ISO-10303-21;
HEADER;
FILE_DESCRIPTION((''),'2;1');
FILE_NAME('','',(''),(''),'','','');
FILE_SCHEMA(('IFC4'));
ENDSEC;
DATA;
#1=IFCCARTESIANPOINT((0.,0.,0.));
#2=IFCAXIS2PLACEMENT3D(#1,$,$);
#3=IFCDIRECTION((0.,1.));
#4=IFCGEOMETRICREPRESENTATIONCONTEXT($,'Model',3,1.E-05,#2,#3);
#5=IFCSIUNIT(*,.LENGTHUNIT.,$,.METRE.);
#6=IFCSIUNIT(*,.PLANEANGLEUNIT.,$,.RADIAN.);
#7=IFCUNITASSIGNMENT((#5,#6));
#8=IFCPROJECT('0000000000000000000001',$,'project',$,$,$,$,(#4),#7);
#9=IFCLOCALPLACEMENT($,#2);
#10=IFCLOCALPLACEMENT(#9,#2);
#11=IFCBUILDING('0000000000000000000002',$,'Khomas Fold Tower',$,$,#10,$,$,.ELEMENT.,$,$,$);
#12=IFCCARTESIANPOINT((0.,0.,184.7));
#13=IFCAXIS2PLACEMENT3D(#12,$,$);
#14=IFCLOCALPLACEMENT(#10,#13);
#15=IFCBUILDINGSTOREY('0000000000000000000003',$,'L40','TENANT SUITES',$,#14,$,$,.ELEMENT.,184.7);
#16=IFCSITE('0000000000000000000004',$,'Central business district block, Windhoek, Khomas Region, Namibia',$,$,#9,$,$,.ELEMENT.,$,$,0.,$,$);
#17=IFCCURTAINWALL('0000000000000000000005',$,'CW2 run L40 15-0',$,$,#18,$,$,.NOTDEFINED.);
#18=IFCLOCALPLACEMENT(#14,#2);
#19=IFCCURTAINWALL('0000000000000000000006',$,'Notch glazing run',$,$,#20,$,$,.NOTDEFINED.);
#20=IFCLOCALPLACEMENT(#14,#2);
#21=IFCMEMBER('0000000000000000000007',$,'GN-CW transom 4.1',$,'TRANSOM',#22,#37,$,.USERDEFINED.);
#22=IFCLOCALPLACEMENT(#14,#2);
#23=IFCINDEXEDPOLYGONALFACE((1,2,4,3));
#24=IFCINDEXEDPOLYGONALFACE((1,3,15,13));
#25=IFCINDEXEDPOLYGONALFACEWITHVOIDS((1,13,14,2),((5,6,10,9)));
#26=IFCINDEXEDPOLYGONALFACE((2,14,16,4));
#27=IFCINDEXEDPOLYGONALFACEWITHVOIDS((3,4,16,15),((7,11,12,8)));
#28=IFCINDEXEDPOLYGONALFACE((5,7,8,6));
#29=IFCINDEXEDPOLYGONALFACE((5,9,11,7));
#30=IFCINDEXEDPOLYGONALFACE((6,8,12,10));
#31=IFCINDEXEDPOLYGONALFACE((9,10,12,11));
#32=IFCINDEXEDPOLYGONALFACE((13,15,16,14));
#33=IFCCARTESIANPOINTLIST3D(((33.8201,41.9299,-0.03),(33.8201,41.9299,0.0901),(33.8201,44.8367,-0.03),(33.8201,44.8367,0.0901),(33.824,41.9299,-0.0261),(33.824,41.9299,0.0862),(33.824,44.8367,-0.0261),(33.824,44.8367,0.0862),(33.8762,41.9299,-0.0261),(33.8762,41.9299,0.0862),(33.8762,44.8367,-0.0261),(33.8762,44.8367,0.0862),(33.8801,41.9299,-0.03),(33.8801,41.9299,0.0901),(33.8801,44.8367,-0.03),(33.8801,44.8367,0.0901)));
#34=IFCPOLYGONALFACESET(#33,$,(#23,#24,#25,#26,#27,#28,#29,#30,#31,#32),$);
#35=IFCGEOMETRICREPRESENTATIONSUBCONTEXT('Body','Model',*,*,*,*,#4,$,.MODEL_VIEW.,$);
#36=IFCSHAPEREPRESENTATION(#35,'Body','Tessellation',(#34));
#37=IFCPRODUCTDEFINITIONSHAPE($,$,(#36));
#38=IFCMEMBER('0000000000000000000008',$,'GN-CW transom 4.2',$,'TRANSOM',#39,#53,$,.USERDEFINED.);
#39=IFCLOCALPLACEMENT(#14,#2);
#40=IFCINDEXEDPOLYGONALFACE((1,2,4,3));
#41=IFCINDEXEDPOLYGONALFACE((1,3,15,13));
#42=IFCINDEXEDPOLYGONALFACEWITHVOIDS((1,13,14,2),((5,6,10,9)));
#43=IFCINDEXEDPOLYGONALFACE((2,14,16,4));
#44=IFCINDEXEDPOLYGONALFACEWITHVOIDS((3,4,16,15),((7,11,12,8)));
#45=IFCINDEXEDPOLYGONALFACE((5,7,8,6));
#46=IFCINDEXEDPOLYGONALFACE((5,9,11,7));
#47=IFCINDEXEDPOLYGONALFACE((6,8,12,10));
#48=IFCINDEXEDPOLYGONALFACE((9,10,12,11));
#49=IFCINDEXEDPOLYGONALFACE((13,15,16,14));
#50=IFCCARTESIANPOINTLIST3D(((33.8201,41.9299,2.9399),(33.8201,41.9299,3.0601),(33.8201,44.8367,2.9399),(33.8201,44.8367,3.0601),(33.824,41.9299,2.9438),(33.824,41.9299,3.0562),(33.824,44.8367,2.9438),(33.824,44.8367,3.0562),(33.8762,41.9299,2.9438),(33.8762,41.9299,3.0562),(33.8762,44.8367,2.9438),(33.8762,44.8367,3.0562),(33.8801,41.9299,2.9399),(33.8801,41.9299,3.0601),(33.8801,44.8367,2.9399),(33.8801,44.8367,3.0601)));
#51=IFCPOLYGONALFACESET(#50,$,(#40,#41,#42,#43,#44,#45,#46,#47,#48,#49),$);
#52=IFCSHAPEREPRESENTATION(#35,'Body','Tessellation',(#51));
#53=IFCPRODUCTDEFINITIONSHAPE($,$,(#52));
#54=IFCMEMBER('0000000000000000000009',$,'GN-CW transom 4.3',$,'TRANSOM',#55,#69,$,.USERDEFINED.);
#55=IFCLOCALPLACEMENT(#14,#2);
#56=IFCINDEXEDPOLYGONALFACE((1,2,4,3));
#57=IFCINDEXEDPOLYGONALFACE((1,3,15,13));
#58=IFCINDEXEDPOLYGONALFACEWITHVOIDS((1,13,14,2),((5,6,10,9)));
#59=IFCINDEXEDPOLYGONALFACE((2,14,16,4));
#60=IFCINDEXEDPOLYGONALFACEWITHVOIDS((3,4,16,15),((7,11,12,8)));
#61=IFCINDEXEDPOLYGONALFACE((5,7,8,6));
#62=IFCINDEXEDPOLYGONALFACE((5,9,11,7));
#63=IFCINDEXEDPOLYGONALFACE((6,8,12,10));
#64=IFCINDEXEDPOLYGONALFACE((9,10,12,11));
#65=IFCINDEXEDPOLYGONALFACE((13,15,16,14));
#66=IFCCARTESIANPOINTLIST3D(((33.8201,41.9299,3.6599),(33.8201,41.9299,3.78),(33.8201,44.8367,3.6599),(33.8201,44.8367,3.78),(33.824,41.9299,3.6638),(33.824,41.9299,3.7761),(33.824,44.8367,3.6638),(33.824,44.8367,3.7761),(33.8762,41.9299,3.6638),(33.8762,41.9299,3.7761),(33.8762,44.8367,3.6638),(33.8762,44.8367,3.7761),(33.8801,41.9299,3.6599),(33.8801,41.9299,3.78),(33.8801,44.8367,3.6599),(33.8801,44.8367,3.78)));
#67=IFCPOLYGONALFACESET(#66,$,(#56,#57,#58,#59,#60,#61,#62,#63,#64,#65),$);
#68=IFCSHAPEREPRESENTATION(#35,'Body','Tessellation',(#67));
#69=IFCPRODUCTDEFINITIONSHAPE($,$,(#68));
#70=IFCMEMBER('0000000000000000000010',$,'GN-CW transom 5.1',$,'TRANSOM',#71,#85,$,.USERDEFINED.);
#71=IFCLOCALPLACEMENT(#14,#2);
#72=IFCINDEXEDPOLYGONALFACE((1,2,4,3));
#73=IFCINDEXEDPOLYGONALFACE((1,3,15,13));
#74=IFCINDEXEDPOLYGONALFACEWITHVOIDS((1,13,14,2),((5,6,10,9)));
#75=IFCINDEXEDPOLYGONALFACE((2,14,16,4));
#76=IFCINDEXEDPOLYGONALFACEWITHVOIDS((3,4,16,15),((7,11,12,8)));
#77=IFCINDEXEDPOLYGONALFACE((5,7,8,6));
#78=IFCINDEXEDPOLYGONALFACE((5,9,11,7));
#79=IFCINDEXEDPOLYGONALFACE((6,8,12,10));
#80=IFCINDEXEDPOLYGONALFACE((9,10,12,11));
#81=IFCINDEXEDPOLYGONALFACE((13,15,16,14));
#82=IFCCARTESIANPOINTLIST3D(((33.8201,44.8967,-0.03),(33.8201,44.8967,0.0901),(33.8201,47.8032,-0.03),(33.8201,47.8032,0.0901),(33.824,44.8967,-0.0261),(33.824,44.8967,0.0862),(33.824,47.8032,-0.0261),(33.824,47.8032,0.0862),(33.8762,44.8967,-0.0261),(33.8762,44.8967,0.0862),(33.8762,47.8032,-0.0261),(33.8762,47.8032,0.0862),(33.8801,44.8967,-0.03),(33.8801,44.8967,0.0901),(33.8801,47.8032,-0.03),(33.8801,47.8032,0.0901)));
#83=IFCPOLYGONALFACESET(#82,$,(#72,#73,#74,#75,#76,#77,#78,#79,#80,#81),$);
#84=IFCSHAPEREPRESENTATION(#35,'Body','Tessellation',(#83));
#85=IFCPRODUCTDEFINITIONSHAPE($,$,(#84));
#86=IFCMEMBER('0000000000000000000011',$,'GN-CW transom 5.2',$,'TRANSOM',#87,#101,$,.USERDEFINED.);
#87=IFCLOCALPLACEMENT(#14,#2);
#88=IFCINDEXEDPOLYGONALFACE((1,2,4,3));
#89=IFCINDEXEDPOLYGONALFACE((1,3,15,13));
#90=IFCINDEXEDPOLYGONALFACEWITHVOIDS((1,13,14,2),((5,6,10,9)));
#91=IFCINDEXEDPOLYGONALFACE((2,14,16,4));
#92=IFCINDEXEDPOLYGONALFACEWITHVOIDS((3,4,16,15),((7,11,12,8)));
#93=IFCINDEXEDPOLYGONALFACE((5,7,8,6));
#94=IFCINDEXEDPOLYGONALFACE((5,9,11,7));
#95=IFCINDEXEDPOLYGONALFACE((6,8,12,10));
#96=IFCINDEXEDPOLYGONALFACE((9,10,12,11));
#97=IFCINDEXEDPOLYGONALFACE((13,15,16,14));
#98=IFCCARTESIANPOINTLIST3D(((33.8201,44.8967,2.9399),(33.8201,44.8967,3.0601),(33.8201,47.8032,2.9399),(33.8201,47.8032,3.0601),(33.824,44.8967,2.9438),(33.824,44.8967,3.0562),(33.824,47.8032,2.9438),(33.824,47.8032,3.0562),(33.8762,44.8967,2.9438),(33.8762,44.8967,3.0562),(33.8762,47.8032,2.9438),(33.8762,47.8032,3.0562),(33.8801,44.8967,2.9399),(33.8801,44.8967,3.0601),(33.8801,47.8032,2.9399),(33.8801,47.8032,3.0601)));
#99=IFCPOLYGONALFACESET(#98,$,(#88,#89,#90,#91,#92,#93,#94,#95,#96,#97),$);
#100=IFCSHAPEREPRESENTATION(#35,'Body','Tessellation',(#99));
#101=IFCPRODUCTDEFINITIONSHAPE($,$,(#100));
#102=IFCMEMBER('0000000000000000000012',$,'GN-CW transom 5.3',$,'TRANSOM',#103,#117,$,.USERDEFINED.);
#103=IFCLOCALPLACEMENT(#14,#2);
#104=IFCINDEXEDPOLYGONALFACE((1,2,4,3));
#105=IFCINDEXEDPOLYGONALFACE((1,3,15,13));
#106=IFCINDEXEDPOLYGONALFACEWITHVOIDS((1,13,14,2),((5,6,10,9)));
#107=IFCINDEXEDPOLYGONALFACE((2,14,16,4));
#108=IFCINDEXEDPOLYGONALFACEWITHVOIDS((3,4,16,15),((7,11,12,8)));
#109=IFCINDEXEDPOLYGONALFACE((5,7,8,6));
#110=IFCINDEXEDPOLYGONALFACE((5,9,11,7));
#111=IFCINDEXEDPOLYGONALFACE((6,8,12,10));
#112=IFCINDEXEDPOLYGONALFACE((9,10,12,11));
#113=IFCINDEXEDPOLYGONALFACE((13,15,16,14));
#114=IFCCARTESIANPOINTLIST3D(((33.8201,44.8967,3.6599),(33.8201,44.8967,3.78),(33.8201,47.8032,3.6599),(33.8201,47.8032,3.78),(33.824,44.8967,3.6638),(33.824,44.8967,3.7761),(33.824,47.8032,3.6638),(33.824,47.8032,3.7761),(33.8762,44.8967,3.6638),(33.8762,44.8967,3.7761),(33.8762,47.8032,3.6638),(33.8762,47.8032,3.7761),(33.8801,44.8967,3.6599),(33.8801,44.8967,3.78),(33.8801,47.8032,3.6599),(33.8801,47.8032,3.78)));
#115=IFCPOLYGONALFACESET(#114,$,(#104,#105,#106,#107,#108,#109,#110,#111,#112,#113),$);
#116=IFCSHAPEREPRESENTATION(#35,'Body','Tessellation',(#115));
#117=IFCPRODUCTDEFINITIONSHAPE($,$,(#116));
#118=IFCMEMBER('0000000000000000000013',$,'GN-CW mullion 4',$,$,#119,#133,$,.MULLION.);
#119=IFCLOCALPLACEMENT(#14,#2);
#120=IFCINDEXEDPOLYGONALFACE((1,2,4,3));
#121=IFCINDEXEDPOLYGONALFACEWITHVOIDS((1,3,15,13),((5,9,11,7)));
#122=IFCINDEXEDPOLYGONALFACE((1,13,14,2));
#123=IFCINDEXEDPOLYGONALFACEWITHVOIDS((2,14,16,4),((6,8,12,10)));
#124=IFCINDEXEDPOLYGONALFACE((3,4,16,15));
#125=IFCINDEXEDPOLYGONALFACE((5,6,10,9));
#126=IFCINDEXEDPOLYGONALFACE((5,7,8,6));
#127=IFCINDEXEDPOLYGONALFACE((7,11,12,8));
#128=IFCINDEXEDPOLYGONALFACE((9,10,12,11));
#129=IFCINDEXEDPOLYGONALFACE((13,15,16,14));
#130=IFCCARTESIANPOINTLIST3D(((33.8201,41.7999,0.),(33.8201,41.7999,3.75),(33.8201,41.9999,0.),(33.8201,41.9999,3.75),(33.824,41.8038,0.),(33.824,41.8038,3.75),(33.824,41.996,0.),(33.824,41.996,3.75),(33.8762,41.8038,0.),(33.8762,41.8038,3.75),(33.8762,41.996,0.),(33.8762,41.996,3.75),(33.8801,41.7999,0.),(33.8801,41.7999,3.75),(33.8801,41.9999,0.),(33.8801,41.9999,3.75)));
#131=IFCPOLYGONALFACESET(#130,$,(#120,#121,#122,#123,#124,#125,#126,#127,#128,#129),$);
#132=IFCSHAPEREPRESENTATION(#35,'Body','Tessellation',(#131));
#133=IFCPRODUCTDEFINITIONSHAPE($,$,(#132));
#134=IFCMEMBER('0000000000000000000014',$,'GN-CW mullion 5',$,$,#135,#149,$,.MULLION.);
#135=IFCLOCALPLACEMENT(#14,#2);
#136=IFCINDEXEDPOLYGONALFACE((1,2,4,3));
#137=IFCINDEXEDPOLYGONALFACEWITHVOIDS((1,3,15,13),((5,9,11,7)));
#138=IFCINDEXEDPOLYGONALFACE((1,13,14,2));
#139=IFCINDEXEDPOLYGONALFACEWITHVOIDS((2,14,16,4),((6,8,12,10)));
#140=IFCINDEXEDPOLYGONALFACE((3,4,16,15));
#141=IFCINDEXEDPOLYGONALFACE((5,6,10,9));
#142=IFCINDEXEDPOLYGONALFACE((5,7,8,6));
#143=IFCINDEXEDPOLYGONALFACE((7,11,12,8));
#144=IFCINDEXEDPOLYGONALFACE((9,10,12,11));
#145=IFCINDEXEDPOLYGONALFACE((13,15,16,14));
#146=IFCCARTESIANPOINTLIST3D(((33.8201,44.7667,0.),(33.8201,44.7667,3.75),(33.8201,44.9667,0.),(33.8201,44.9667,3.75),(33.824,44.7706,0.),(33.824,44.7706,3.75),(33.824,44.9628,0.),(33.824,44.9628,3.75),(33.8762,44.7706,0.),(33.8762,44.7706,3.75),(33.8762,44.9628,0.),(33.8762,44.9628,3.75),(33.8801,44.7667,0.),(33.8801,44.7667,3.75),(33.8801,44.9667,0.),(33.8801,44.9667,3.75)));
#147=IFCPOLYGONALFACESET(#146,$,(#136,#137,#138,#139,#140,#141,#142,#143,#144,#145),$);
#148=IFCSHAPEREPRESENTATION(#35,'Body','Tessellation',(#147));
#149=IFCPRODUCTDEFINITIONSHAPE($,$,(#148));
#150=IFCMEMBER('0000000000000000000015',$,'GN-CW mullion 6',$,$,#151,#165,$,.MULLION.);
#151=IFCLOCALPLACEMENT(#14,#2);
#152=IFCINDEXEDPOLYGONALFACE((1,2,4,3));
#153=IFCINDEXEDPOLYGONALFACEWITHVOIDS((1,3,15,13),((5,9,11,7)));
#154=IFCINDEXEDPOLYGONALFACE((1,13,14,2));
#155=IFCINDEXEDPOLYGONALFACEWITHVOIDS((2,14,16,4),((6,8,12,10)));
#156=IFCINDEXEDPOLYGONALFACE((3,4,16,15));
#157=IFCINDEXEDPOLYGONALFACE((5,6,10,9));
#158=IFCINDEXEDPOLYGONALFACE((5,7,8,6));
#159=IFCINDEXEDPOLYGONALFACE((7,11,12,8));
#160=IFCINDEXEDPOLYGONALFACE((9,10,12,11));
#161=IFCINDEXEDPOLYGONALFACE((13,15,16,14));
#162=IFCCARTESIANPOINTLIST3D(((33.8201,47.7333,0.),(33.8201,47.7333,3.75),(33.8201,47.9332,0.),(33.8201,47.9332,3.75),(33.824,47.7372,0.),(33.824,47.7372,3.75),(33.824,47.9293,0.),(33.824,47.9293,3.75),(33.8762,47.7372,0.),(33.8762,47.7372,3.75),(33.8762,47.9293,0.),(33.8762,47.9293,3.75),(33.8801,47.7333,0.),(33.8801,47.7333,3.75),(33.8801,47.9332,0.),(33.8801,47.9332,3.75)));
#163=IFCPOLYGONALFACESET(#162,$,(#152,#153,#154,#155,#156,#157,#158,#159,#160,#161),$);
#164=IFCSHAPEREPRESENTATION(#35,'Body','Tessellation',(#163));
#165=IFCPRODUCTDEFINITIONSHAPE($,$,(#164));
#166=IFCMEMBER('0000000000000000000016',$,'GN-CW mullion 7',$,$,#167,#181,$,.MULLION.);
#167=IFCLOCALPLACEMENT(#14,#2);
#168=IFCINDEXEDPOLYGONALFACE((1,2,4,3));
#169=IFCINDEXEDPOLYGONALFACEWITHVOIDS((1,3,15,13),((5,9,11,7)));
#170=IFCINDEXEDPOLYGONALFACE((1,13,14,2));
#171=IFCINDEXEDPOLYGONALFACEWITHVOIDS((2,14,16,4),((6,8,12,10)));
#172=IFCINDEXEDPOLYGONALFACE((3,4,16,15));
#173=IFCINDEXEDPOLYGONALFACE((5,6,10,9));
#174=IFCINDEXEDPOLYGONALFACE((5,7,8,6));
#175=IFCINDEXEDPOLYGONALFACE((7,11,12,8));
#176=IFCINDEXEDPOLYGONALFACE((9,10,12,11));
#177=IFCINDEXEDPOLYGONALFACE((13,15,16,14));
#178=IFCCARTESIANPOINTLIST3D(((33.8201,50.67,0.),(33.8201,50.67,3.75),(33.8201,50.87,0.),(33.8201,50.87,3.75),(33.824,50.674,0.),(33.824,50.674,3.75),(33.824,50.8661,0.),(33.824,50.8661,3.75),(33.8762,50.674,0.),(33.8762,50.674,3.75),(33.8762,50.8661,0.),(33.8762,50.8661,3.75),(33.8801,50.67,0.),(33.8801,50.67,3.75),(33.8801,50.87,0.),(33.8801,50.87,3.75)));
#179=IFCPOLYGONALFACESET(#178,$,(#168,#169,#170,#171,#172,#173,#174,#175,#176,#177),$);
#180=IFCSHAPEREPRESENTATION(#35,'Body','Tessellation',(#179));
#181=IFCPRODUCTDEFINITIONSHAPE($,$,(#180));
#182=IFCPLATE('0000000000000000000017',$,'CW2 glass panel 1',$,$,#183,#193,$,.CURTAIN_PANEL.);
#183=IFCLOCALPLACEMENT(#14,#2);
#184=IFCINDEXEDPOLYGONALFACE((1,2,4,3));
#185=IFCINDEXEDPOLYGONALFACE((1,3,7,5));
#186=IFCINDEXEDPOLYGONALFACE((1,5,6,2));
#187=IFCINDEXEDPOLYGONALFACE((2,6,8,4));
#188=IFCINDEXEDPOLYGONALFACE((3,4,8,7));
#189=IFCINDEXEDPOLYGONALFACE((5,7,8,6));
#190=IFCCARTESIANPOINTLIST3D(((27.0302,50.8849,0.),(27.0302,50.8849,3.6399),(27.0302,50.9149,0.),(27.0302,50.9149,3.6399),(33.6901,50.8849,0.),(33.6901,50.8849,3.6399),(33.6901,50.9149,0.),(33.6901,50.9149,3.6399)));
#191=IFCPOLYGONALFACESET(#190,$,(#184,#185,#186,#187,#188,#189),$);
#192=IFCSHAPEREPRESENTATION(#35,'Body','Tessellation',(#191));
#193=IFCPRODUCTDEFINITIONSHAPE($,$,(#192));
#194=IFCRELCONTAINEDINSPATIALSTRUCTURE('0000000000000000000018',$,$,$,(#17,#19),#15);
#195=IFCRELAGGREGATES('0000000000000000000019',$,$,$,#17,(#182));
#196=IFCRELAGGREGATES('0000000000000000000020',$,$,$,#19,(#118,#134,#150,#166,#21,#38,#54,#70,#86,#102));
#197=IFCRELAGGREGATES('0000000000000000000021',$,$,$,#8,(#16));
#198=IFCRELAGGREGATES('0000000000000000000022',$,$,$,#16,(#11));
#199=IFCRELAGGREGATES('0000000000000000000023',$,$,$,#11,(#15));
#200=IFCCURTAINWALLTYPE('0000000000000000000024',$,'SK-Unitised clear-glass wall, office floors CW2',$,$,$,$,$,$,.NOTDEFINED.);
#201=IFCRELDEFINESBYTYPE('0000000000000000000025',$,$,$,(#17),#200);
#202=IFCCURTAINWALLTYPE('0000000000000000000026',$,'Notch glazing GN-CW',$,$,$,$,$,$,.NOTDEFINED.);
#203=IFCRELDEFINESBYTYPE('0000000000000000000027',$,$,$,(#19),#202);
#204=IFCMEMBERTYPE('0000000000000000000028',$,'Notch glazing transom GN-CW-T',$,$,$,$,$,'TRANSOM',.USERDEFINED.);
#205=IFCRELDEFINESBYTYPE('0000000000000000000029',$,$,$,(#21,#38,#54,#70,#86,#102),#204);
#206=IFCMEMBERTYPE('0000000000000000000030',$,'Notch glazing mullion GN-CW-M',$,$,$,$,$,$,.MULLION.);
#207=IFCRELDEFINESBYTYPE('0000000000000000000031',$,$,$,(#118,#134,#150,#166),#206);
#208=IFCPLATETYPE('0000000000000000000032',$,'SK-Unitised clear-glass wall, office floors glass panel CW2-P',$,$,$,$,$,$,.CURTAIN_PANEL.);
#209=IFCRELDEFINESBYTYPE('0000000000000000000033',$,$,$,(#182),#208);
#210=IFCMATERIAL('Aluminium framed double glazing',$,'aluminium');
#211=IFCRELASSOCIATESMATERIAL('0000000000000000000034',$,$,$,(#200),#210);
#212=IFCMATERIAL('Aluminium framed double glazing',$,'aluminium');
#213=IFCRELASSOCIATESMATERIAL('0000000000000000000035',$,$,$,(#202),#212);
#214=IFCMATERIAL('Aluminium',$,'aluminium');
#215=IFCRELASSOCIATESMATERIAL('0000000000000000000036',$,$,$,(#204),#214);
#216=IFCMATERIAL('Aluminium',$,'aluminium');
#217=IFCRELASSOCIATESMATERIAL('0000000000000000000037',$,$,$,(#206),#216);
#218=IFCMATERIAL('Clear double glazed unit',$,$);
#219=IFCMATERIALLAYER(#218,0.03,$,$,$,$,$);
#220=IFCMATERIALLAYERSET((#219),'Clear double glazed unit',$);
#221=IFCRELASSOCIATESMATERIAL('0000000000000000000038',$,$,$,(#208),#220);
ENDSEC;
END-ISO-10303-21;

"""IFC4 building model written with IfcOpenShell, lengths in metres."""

from ifc_helpers import new_model, si_unit, direction, frame, origin, origin_2d, place, context, subcontext, project, spatial, rectangle, hollow_rectangle, extrude, source, transform, mapped, material, layer, layer_set, material_profile, profile_set, type_object, element, aggregate, save


model = new_model("IFC4")

# Units and contexts
model_context = context("Model", 3, precision=1e-05, world=origin(), true_north=direction((0.0, 1.0)))
body_context = subcontext(model_context, "Body", "Model", "MODEL_VIEW")
ifc_project = project(units=[si_unit("LENGTHUNIT", "METRE"), si_unit("PLANEANGLEUNIT", "RADIAN")], contexts=[model_context])

# Site, building, storey
site_placement = place(None, origin())
site = spatial("IfcSite", under=ifc_project, at=site_placement, Name="Central business district block, Windhoek, Khomas Region, Namibia", CompositionType="ELEMENT", RefElevation=0.0)
building_placement = place(site_placement, origin())
building = spatial("IfcBuilding", under=site, at=building_placement, Name="Khomas Fold Tower", CompositionType="ELEMENT")
storey_placement = place(building_placement, frame((0.0, 0.0, 184.7)))
storey = spatial("IfcBuildingStorey", under=building, at=storey_placement, Name="L40", Description="TENANT SUITES", CompositionType="ELEMENT", Elevation=184.7)

# Shared definitions
ifc_material_1 = material(Name="Aluminium framed double glazing", Category="aluminium")
curtain_wall_type_1 = type_object("IfcCurtainWallType", Name="SK-Unitised clear-glass wall, office floors CW2", PredefinedType="NOTDEFINED", material=ifc_material_1)

# Curtain walls, members
curtain_wall_1_placement = place(storey_placement, origin())
curtain_wall_1 = element("IfcCurtainWall", 1, at=curtain_wall_1_placement, inside=storey, type_object=curtain_wall_type_1, Name="CW2 run L40 15-0", PredefinedType="NOTDEFINED")
ifc_material_2 = material(Name="Aluminium framed double glazing", Category="aluminium")
curtain_wall_type_2 = type_object("IfcCurtainWallType", Name="Notch glazing GN-CW", PredefinedType="NOTDEFINED", material=ifc_material_2)
curtain_wall_2_placement = place(storey_placement, origin())
curtain_wall_2 = element("IfcCurtainWall", 2, at=curtain_wall_2_placement, inside=storey, type_object=curtain_wall_type_2, Name="Notch glazing run", PredefinedType="NOTDEFINED")
ifc_material_3 = material(Name="Aluminium", Category="aluminium")
ifc_material_profile_1 = material_profile(ifc_material_3, hollow_rectangle(XDim=0.0601, YDim=0.1201, WallThickness=0.0039, at=origin_2d()), Name="Notch glazing transom GN-CW-T")
ifc_profile_set_1 = profile_set([ifc_material_profile_1], Name="Aluminium")
member_type_1 = type_object("IfcMemberType", Name="Notch glazing transom GN-CW-T", ElementType="TRANSOM", PredefinedType="USERDEFINED", material=ifc_profile_set_1)
shared_shape_1 = source(origin(), body_context, "Body", "SweptSolid", [
    extrude(hollow_rectangle(XDim=0.0601, YDim=0.1201, WallThickness=0.0039, at=origin_2d()), origin(), (0.0, 0.0, 1.0), 2.9067),
])
member_1_placement = place(storey_placement, frame((33.8501, 41.9299, 0.03), z_axis=(0.0, 1.0, 0.0), x_axis=(-1.0, 0.0, 0.0)))
member_1 = element("IfcMember", 3, at=member_1_placement, type_object=member_type_1, Name="GN-CW transom 4.1", ObjectType="TRANSOM", PredefinedType="USERDEFINED", context=body_context, shape_type="MappedRepresentation", body=[
    mapped(shared_shape_1, transform((0.0, 0.0, 0.0))),
])
member_2_placement = place(storey_placement, frame((33.8501, 41.9299, 3.0), z_axis=(0.0, 1.0, 0.0), x_axis=(-1.0, 0.0, 0.0)))
member_2 = element("IfcMember", 4, at=member_2_placement, type_object=member_type_1, Name="GN-CW transom 4.2", ObjectType="TRANSOM", PredefinedType="USERDEFINED", context=body_context, shape_type="MappedRepresentation", body=[
    mapped(shared_shape_1, transform((0.0, 0.0, 0.0))),
])
member_3_placement = place(storey_placement, frame((33.8501, 41.9299, 3.72), z_axis=(0.0, 1.0, 0.0), x_axis=(-1.0, 0.0, 0.0)))
member_3 = element("IfcMember", 5, at=member_3_placement, type_object=member_type_1, Name="GN-CW transom 4.3", ObjectType="TRANSOM", PredefinedType="USERDEFINED", context=body_context, shape_type="MappedRepresentation", body=[
    mapped(shared_shape_1, transform((0.0, 0.0, 0.0))),
])
shared_shape_2 = source(origin(), body_context, "Body", "SweptSolid", [
    extrude(hollow_rectangle(XDim=0.0601, YDim=0.1201, WallThickness=0.0039, at=origin_2d()), origin(), (0.0, 0.0, 1.0), 2.9065),
])
member_4_placement = place(storey_placement, frame((33.8501, 44.8967, 0.03), z_axis=(0.0, 1.0, 0.0), x_axis=(-1.0, 0.0, 0.0)))
member_4 = element("IfcMember", 6, at=member_4_placement, type_object=member_type_1, Name="GN-CW transom 5.1", ObjectType="TRANSOM", PredefinedType="USERDEFINED", context=body_context, shape_type="MappedRepresentation", body=[
    mapped(shared_shape_2, transform((0.0, 0.0, 0.0))),
])
member_5_placement = place(storey_placement, frame((33.8501, 44.8967, 3.0), z_axis=(0.0, 1.0, 0.0), x_axis=(-1.0, 0.0, 0.0)))
member_5 = element("IfcMember", 7, at=member_5_placement, type_object=member_type_1, Name="GN-CW transom 5.2", ObjectType="TRANSOM", PredefinedType="USERDEFINED", context=body_context, shape_type="MappedRepresentation", body=[
    mapped(shared_shape_2, transform((0.0, 0.0, 0.0))),
])
member_6_placement = place(storey_placement, frame((33.8501, 44.8967, 3.72), z_axis=(0.0, 1.0, 0.0), x_axis=(-1.0, 0.0, 0.0)))
member_6 = element("IfcMember", 8, at=member_6_placement, type_object=member_type_1, Name="GN-CW transom 5.3", ObjectType="TRANSOM", PredefinedType="USERDEFINED", context=body_context, shape_type="MappedRepresentation", body=[
    mapped(shared_shape_2, transform((0.0, 0.0, 0.0))),
])
ifc_material_4 = material(Name="Aluminium", Category="aluminium")
ifc_material_profile_2 = material_profile(ifc_material_4, hollow_rectangle(XDim=0.0601, YDim=0.2, WallThickness=0.0039, at=origin_2d()), Name="Notch glazing mullion GN-CW-M")
ifc_profile_set_2 = profile_set([ifc_material_profile_2], Name="Aluminium")
member_type_2 = type_object("IfcMemberType", Name="Notch glazing mullion GN-CW-M", PredefinedType="MULLION", material=ifc_profile_set_2)
shared_shape_3 = source(origin(), body_context, "Body", "SweptSolid", [
    extrude(hollow_rectangle(XDim=0.0601, YDim=0.2, WallThickness=0.0039, at=origin_2d()), origin(), (0.0, 0.0, 1.0), 3.75),
])
member_7_placement = place(storey_placement, frame((33.8501, 41.8999, 0.0), z_axis=(0.0, 0.0, 1.0), x_axis=(-1.0, 0.0, 0.0)))
member_7 = element("IfcMember", 9, at=member_7_placement, type_object=member_type_2, Name="GN-CW mullion 4", PredefinedType="MULLION", context=body_context, shape_type="MappedRepresentation", body=[
    mapped(shared_shape_3, transform((0.0, 0.0, 0.0))),
])
member_8_placement = place(storey_placement, frame((33.8501, 44.8667, 0.0), z_axis=(0.0, 0.0, 1.0), x_axis=(-1.0, 0.0, 0.0)))
member_8 = element("IfcMember", 10, at=member_8_placement, type_object=member_type_2, Name="GN-CW mullion 5", PredefinedType="MULLION", context=body_context, shape_type="MappedRepresentation", body=[
    mapped(shared_shape_3, transform((0.0, 0.0, 0.0))),
])
member_9_placement = place(storey_placement, frame((33.8501, 47.8333, 0.0), z_axis=(0.0, 0.0, 1.0), x_axis=(-1.0, 0.0, 0.0)))
member_9 = element("IfcMember", 11, at=member_9_placement, type_object=member_type_2, Name="GN-CW mullion 6", PredefinedType="MULLION", context=body_context, shape_type="MappedRepresentation", body=[
    mapped(shared_shape_3, transform((0.0, 0.0, 0.0))),
])
member_10_placement = place(storey_placement, frame((33.8501, 50.77, 0.0), z_axis=(0.0, 0.0, 1.0), x_axis=(-1.0, 0.0, 0.0)))
member_10 = element("IfcMember", 12, at=member_10_placement, type_object=member_type_2, Name="GN-CW mullion 7", PredefinedType="MULLION", context=body_context, shape_type="MappedRepresentation", body=[
    mapped(shared_shape_3, transform((0.0, 0.0, 0.0))),
])

# Plate
ifc_material_5 = material(Name="Clear double glazed unit")
ifc_layer_1 = layer(ifc_material_5, 0.03)
ifc_layer_set_1 = layer_set([ifc_layer_1], Name="Clear double glazed unit")
plate_type_1 = type_object("IfcPlateType", Name="SK-Unitised clear-glass wall, office floors glass panel CW2-P", PredefinedType="CURTAIN_PANEL", material=ifc_layer_set_1)
shared_shape_4 = source(origin(), body_context, "Body", "SweptSolid", [
    extrude(rectangle(XDim=6.6599, YDim=0.03, at=origin_2d()), origin(), (0.0, 0.0, 1.0), 3.6399),
])
plate_1_placement = place(storey_placement, frame((30.3601, 50.8999, 0.0), z_axis=(0.0, 0.0, 1.0), x_axis=(-1.0, 0.0, 0.0)))
plate_1 = element("IfcPlate", 13, at=plate_1_placement, type_object=plate_type_1, Name="CW2 glass panel 1", PredefinedType="CURTAIN_PANEL", context=body_context, shape_type="MappedRepresentation", body=[
    mapped(shared_shape_4, transform((0.0, 0.0, 0.0))),
])
aggregate(curtain_wall_1, [plate_1])

aggregate(curtain_wall_2, [member_7, member_8, member_9, member_10, member_1, member_2, member_3, member_4, member_5, member_6])

save(model, "model.ifc")
